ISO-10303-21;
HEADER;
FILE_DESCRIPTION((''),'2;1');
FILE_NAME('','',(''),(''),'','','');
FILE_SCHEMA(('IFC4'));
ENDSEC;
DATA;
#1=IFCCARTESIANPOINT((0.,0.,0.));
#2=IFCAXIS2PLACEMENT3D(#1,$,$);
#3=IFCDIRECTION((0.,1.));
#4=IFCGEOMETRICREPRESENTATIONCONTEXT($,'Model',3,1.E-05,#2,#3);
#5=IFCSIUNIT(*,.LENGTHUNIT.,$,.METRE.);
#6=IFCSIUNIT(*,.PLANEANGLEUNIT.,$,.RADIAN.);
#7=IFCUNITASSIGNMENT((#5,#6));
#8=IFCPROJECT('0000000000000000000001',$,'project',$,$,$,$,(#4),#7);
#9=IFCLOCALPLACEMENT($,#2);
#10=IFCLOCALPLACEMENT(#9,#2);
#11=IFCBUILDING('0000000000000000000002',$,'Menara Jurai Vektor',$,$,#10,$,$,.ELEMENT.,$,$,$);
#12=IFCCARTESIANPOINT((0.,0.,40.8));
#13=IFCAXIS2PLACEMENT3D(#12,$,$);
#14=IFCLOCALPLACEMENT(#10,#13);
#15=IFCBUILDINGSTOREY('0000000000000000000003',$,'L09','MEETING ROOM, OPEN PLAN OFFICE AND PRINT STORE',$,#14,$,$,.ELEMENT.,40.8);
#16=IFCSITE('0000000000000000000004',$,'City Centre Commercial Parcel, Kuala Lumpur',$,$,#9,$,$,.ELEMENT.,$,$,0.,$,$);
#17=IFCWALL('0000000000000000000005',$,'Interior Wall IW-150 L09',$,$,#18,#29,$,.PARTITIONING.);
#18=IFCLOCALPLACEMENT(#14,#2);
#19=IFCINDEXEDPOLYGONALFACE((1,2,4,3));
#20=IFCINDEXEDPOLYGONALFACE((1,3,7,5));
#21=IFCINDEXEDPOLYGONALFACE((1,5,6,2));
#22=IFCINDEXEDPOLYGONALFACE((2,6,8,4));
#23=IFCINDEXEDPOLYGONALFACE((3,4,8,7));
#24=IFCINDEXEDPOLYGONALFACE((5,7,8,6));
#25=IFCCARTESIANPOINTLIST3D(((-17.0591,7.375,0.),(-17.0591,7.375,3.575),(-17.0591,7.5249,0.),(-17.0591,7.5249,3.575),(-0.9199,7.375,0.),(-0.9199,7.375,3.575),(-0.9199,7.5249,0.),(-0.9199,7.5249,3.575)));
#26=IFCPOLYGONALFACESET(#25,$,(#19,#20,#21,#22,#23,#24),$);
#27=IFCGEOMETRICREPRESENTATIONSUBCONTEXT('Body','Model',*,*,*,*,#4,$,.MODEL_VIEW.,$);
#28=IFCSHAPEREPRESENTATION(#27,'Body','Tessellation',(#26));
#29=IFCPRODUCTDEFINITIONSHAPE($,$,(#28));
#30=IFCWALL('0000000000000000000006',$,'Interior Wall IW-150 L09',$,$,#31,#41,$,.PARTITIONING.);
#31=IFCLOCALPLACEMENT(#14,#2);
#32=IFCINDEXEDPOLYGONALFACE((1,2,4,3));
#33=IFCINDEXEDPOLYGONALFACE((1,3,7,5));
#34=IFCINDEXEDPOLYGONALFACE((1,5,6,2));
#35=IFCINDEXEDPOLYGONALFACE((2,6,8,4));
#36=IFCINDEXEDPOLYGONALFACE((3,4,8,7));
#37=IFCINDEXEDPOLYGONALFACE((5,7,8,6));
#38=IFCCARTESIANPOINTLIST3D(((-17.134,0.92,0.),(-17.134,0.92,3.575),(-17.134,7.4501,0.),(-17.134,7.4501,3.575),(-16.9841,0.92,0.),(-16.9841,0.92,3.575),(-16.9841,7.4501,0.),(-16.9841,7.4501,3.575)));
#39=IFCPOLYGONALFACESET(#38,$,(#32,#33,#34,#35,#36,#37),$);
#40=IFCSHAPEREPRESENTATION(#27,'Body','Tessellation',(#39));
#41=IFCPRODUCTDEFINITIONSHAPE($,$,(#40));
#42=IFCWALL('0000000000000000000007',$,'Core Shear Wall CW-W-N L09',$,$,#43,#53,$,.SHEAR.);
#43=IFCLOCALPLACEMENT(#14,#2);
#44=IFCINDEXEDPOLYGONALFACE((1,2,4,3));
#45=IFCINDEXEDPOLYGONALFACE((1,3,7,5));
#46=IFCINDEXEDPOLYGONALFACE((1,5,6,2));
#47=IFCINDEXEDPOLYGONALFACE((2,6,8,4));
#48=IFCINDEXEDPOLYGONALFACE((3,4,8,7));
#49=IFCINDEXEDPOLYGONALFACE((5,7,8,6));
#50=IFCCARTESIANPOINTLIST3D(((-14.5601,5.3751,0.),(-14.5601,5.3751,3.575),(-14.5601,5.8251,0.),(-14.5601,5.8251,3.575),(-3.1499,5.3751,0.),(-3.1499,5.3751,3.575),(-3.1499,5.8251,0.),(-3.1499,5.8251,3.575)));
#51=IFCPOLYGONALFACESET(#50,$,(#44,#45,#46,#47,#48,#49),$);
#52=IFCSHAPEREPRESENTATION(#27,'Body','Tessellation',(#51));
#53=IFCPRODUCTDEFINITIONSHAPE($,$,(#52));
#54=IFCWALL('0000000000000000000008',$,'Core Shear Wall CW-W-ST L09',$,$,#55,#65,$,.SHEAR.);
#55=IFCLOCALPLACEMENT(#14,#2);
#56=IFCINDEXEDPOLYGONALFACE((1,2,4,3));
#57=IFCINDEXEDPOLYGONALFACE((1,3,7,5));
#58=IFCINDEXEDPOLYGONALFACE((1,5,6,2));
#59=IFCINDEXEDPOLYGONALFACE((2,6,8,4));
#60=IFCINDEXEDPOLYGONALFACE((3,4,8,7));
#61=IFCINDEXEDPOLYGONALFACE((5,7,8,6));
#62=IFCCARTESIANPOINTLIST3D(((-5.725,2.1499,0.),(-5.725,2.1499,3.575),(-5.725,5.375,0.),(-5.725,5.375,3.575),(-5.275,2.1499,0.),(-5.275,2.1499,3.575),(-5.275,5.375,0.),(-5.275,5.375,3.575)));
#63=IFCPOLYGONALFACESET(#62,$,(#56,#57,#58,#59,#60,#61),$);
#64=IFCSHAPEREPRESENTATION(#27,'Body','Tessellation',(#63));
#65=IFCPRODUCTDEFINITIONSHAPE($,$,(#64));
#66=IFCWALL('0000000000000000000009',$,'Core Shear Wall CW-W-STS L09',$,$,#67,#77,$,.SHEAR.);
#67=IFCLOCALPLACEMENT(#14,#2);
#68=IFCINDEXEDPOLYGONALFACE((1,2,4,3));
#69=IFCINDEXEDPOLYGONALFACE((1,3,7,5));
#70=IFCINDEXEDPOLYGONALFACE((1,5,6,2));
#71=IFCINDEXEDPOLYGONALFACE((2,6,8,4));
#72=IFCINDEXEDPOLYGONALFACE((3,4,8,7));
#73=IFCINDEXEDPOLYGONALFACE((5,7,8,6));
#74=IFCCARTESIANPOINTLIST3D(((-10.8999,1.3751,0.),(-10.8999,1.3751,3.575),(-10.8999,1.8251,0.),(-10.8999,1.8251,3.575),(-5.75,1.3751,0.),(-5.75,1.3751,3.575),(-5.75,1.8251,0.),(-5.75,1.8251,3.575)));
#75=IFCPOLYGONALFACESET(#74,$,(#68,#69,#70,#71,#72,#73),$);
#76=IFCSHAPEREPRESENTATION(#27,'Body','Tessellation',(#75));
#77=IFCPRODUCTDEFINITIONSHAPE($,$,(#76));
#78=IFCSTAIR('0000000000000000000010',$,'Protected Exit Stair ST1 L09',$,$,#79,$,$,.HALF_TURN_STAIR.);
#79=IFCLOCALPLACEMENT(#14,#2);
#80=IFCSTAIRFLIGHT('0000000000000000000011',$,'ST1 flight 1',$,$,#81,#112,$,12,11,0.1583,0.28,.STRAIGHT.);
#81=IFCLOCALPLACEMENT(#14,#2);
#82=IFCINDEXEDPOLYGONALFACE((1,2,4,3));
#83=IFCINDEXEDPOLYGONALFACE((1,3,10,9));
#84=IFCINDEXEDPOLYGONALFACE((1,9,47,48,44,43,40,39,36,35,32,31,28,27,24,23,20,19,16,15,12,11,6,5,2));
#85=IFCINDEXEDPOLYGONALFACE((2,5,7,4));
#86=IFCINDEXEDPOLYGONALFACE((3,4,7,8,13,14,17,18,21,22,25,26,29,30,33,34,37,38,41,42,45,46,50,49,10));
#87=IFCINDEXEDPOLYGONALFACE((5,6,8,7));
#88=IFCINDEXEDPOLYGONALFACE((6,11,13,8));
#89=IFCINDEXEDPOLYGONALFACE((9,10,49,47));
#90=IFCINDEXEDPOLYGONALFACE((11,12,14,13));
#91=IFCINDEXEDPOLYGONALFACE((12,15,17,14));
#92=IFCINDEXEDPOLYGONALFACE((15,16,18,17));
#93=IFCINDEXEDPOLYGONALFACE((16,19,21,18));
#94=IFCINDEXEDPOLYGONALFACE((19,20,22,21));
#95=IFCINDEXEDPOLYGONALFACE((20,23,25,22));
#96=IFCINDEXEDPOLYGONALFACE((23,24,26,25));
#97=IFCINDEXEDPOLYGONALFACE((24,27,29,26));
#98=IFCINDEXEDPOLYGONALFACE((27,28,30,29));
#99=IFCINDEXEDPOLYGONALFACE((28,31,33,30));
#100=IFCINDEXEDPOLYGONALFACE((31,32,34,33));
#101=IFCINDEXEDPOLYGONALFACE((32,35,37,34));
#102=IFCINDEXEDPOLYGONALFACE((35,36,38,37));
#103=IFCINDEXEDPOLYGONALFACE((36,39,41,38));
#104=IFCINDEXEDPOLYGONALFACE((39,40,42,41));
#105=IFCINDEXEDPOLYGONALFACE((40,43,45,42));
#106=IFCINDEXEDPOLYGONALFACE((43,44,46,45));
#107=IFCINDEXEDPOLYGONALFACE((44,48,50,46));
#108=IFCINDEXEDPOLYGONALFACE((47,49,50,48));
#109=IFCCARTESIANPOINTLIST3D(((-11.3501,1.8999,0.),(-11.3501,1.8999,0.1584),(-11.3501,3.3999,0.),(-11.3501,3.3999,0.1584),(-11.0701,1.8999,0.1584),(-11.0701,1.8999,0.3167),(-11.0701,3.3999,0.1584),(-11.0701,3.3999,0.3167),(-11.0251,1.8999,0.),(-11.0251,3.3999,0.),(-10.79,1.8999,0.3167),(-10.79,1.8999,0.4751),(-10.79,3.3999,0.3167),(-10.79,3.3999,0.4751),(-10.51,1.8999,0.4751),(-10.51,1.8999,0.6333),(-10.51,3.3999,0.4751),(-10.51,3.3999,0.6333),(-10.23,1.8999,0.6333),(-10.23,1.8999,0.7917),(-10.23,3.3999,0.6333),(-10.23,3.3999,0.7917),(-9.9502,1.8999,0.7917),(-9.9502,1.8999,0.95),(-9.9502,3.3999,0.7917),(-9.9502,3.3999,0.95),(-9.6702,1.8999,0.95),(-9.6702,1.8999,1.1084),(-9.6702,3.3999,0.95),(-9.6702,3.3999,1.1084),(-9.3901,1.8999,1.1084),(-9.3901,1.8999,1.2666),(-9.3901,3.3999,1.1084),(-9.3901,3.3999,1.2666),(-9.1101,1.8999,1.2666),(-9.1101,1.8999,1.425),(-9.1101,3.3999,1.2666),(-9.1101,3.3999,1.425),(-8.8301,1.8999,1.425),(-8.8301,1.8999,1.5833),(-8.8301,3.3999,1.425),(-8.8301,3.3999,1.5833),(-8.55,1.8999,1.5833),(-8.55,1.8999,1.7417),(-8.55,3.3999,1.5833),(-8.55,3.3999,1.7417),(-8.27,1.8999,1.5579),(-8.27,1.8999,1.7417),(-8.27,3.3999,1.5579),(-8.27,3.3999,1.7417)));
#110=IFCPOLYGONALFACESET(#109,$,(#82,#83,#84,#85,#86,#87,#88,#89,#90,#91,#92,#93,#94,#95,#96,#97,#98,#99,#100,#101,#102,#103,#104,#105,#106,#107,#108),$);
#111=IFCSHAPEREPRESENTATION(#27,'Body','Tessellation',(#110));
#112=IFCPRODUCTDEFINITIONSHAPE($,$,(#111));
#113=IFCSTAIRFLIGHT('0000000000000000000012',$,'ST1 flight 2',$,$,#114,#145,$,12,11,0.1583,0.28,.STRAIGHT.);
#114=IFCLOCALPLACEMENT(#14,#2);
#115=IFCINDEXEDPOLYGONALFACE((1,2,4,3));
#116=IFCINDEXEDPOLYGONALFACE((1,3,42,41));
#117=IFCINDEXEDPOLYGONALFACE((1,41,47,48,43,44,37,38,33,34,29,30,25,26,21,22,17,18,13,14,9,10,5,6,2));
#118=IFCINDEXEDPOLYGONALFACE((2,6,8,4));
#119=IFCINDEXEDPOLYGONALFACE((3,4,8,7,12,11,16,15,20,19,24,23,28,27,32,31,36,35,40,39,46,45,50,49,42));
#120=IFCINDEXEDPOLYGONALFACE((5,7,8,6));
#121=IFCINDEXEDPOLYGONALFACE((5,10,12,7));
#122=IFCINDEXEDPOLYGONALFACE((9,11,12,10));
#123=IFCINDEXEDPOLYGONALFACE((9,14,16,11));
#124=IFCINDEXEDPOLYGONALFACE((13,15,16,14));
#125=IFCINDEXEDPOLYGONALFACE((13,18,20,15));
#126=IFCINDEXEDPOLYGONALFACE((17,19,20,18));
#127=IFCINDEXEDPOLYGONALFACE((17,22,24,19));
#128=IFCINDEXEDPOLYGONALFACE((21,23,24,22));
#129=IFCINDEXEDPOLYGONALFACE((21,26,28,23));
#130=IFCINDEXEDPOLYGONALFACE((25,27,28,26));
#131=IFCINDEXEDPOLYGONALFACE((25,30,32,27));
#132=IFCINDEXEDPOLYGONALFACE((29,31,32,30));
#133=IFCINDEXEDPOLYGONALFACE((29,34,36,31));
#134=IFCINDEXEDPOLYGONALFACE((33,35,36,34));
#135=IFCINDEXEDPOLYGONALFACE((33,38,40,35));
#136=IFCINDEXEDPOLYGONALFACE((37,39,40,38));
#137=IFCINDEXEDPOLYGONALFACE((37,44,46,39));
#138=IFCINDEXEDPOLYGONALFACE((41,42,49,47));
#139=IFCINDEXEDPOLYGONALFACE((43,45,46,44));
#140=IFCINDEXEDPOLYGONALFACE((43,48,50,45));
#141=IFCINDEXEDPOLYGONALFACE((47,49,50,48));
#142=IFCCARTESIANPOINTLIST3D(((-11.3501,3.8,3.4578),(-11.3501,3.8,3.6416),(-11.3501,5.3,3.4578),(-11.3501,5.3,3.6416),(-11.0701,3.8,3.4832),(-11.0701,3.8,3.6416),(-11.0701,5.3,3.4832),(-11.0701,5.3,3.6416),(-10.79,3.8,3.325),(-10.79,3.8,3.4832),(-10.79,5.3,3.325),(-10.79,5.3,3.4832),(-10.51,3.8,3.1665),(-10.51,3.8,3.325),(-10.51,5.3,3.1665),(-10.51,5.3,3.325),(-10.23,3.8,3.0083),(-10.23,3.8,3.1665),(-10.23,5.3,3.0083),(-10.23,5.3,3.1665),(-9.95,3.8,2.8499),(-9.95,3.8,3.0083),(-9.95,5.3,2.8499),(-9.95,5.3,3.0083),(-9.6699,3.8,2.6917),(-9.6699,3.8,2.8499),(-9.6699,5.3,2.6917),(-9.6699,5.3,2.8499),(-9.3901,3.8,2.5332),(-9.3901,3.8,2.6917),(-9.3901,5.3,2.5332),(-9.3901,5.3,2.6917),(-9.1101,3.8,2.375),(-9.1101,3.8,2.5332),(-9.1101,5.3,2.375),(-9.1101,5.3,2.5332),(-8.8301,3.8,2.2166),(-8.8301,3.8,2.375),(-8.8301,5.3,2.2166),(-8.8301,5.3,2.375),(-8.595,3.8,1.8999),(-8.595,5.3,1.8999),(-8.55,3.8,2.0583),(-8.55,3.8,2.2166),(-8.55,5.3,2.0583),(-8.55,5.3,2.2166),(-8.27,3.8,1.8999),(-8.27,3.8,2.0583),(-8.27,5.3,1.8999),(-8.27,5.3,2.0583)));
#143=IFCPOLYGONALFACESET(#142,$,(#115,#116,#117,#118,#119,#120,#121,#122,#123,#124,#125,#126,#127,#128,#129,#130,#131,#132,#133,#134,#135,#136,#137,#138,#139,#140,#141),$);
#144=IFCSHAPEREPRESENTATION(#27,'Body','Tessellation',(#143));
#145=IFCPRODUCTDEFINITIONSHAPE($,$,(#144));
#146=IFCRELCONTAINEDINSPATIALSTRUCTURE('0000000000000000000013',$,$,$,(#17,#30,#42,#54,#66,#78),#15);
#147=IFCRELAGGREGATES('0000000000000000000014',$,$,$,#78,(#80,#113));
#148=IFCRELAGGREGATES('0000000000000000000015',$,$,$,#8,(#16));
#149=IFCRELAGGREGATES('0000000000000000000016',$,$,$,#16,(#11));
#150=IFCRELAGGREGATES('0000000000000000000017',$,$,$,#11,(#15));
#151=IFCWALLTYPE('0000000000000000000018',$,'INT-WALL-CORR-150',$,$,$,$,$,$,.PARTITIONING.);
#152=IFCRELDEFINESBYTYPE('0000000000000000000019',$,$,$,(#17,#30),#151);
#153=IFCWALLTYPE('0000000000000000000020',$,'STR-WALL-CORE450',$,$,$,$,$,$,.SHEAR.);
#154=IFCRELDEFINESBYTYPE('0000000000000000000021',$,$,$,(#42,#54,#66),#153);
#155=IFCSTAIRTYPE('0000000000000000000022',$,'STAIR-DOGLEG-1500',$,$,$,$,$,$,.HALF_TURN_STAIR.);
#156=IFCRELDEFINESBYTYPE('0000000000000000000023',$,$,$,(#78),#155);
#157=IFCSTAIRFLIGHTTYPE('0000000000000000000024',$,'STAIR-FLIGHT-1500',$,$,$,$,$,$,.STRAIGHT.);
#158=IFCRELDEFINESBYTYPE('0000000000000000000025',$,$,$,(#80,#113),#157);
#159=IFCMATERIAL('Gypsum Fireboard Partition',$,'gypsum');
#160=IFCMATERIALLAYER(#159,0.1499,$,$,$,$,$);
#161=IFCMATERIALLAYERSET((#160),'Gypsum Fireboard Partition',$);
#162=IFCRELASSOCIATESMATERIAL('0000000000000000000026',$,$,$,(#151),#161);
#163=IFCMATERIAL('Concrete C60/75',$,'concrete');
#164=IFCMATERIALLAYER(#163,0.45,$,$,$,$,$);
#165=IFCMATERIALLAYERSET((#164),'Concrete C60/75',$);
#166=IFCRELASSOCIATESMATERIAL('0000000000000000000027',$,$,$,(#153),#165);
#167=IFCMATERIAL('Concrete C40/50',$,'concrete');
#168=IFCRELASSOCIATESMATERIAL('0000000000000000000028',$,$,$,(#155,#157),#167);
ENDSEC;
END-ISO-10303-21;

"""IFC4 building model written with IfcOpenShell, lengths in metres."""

from ifc_helpers import new_model, si_unit, direction, frame, frame_2d, origin, place, context, subcontext, project, spatial, polyline, rectangle, outline, extrude, material, layer, layer_set, type_object, element, aggregate, save


model = new_model("IFC4")

# Units and contexts
model_context = context("Model", 3, precision=1e-05, world=origin(), true_north=direction((0.0, 1.0)))
body_context = subcontext(model_context, "Body", "Model", "MODEL_VIEW")
ifc_project = project(units=[si_unit("LENGTHUNIT", "METRE"), si_unit("PLANEANGLEUNIT", "RADIAN")], contexts=[model_context])

# Site, building, storey
site_placement = place(None, origin())
site = spatial("IfcSite", under=ifc_project, at=site_placement, Name="City Centre Commercial Parcel, Kuala Lumpur", CompositionType="ELEMENT", RefElevation=0.0)
building_placement = place(site_placement, origin())
building = spatial("IfcBuilding", under=site, at=building_placement, Name="Menara Jurai Vektor", CompositionType="ELEMENT")
storey_placement = place(building_placement, frame((0.0, 0.0, 40.8)))
storey = spatial("IfcBuildingStorey", under=building, at=storey_placement, Name="L09", Description="MEETING ROOM, OPEN PLAN OFFICE AND PRINT STORE", CompositionType="ELEMENT", Elevation=40.8)

# Shared definitions
ifc_material_1 = material(Name="Concrete C60/75", Category="concrete")

# Shared definitions
ifc_material_2 = material(Name="Concrete C40/50", Category="concrete")

# Walls
ifc_material_3 = material(Name="Gypsum Fireboard Partition", Category="gypsum")
ifc_layer_1 = layer(ifc_material_3, 0.1499)
ifc_layer_set_1 = layer_set([ifc_layer_1], Name="Gypsum Fireboard Partition")
wall_type_1 = type_object("IfcWallType", Name="INT-WALL-CORR-150", PredefinedType="PARTITIONING", material=ifc_layer_set_1)
wall_1_placement = place(storey_placement, frame((-17.0591, 7.45, 0.0), z_axis=(0.0, 0.0, 1.0), x_axis=(1.0, 0.0, 0.0)))
element("IfcWall", 1, at=wall_1_placement, inside=storey, type_object=wall_type_1, Name="Interior Wall IW-150 L09", PredefinedType="PARTITIONING", context=body_context, shape_type="SweptSolid", body=[
    extrude(rectangle(XDim=16.1392, YDim=0.1499, at=frame_2d((8.0696, 0.0))), origin(), (0.0, 0.0, 1.0), 3.575),
])
wall_2_placement = place(storey_placement, frame((-17.0591, 0.9199, 0.0), z_axis=(0.0, 0.0, 1.0), x_axis=(0.0, 1.0, 0.0)))
element("IfcWall", 2, at=wall_2_placement, inside=storey, type_object=wall_type_1, Name="Interior Wall IW-150 L09", PredefinedType="PARTITIONING", context=body_context, shape_type="SweptSolid", body=[
    extrude(rectangle(XDim=6.53, YDim=0.1499, at=frame_2d((3.2651, 0.0))), origin(), (0.0, 0.0, 1.0), 3.575),
])
ifc_layer_2 = layer(ifc_material_1, 0.45)
ifc_layer_set_2 = layer_set([ifc_layer_2], Name="Concrete C60/75")
wall_type_2 = type_object("IfcWallType", Name="STR-WALL-CORE450", PredefinedType="SHEAR", material=ifc_layer_set_2)
wall_3_placement = place(storey_placement, frame((-14.5601, 5.6001, 0.0), z_axis=(0.0, 0.0, 1.0), x_axis=(1.0, 0.0, 0.0)))
element("IfcWall", 3, at=wall_3_placement, inside=storey, type_object=wall_type_2, Name="Core Shear Wall CW-W-N L09", PredefinedType="SHEAR", context=body_context, shape_type="SweptSolid", body=[
    extrude(rectangle(XDim=11.4102, YDim=0.45, at=frame_2d((5.7051, 0.0))), origin(), (0.0, 0.0, 1.0), 3.575),
])
wall_4_placement = place(storey_placement, frame((-5.5, 2.1499, 0.0), z_axis=(0.0, 0.0, 1.0), x_axis=(0.0, 1.0, 0.0)))
element("IfcWall", 4, at=wall_4_placement, inside=storey, type_object=wall_type_2, Name="Core Shear Wall CW-W-ST L09", PredefinedType="SHEAR", context=body_context, shape_type="SweptSolid", body=[
    extrude(rectangle(XDim=3.2251, YDim=0.45, at=frame_2d((1.6125, 0.0))), origin(), (0.0, 0.0, 1.0), 3.575),
])
wall_5_placement = place(storey_placement, frame((-10.8999, 1.6001, 0.0), z_axis=(0.0, 0.0, 1.0), x_axis=(1.0, 0.0, 0.0)))
element("IfcWall", 5, at=wall_5_placement, inside=storey, type_object=wall_type_2, Name="Core Shear Wall CW-W-STS L09", PredefinedType="SHEAR", context=body_context, shape_type="SweptSolid", body=[
    extrude(rectangle(XDim=5.1499, YDim=0.45, at=frame_2d((2.575, 0.0))), origin(), (0.0, 0.0, 1.0), 3.575),
])

# Stair, stair flights
stair_type = type_object("IfcStairType", Name="STAIR-DOGLEG-1500", PredefinedType="HALF_TURN_STAIR", material=ifc_material_2)
stair_placement = place(storey_placement, origin())
stair = element("IfcStair", 6, at=stair_placement, inside=storey, type_object=stair_type, Name="Protected Exit Stair ST1 L09", PredefinedType="HALF_TURN_STAIR")
stair_flight_type = type_object("IfcStairFlightType", Name="STAIR-FLIGHT-1500", PredefinedType="STRAIGHT", material=ifc_material_2)
stair_flight_1_placement = place(storey_placement, frame((-11.3501, 2.6499, 0.0), z_axis=(0.0, 0.0, 1.0), x_axis=(1.0, 0.0, 0.0)))
stair_flight_1 = element("IfcStairFlight", 7, at=stair_flight_1_placement, type_object=stair_flight_type, Name="ST1 flight 1", NumberOfRisers=12, NumberOfTreads=11, PredefinedType="STRAIGHT", RiserHeight=0.1583, TreadLength=0.28, context=body_context, shape_type="SweptSolid", body=[
    extrude(outline(polyline([(0.0, 0.0), (0.0, 0.1584), (0.28, 0.1584), (0.28, 0.3167), (0.5601, 0.3167), (0.5601, 0.4751), (0.8401, 0.4751), (0.8401, 0.6333), (1.1201, 0.6333), (1.1201, 0.7917), (1.3999, 0.7917), (1.3999, 0.95), (1.6799, 0.95), (1.6799, 1.1084), (1.96, 1.1084), (1.96, 1.2666), (2.24, 1.2666), (2.24, 1.425), (2.52, 1.425), (2.52, 1.5833), (2.8, 1.5833), (2.8, 1.7417), (3.0801, 1.7417), (3.0801, 1.8999), (3.0801, 1.5579), (0.325, 0.0), (0.0, 0.0)])), frame((0.0, 0.75, 0.0), z_axis=(0.0, -1.0, 0.0), x_axis=(1.0, 0.0, 0.0)), (0.0, 0.0, 1.0), 1.5),
])
stair_flight_2_placement = place(storey_placement, frame((-8.27, 4.55, 1.8999), z_axis=(0.0, 0.0, 1.0), x_axis=(-1.0, 0.0, 0.0)))
stair_flight_2 = element("IfcStairFlight", 8, at=stair_flight_2_placement, type_object=stair_flight_type, Name="ST1 flight 2", NumberOfRisers=12, NumberOfTreads=11, PredefinedType="STRAIGHT", RiserHeight=0.1583, TreadLength=0.28, context=body_context, shape_type="SweptSolid", body=[
    extrude(outline(polyline([(0.0, 0.0), (0.0, 0.1584), (0.28, 0.1584), (0.28, 0.3167), (0.5601, 0.3167), (0.5601, 0.4751), (0.8401, 0.4751), (0.8401, 0.6333), (1.1201, 0.6333), (1.1201, 0.7917), (1.3999, 0.7917), (1.3999, 0.95), (1.6799, 0.95), (1.6799, 1.1084), (1.96, 1.1084), (1.96, 1.2666), (2.24, 1.2666), (2.24, 1.425), (2.52, 1.425), (2.52, 1.5833), (2.8, 1.5833), (2.8, 1.7417), (3.0801, 1.7417), (3.0801, 1.8999), (3.0801, 1.5579), (0.325, 0.0), (0.0, 0.0)])), frame((0.0, 0.75, 0.0), z_axis=(0.0, -1.0, 0.0), x_axis=(1.0, 0.0, 0.0)), (0.0, 0.0, 1.0), 1.5),
])
aggregate(stair, [stair_flight_1, stair_flight_2])

save(model, "model.ifc")
